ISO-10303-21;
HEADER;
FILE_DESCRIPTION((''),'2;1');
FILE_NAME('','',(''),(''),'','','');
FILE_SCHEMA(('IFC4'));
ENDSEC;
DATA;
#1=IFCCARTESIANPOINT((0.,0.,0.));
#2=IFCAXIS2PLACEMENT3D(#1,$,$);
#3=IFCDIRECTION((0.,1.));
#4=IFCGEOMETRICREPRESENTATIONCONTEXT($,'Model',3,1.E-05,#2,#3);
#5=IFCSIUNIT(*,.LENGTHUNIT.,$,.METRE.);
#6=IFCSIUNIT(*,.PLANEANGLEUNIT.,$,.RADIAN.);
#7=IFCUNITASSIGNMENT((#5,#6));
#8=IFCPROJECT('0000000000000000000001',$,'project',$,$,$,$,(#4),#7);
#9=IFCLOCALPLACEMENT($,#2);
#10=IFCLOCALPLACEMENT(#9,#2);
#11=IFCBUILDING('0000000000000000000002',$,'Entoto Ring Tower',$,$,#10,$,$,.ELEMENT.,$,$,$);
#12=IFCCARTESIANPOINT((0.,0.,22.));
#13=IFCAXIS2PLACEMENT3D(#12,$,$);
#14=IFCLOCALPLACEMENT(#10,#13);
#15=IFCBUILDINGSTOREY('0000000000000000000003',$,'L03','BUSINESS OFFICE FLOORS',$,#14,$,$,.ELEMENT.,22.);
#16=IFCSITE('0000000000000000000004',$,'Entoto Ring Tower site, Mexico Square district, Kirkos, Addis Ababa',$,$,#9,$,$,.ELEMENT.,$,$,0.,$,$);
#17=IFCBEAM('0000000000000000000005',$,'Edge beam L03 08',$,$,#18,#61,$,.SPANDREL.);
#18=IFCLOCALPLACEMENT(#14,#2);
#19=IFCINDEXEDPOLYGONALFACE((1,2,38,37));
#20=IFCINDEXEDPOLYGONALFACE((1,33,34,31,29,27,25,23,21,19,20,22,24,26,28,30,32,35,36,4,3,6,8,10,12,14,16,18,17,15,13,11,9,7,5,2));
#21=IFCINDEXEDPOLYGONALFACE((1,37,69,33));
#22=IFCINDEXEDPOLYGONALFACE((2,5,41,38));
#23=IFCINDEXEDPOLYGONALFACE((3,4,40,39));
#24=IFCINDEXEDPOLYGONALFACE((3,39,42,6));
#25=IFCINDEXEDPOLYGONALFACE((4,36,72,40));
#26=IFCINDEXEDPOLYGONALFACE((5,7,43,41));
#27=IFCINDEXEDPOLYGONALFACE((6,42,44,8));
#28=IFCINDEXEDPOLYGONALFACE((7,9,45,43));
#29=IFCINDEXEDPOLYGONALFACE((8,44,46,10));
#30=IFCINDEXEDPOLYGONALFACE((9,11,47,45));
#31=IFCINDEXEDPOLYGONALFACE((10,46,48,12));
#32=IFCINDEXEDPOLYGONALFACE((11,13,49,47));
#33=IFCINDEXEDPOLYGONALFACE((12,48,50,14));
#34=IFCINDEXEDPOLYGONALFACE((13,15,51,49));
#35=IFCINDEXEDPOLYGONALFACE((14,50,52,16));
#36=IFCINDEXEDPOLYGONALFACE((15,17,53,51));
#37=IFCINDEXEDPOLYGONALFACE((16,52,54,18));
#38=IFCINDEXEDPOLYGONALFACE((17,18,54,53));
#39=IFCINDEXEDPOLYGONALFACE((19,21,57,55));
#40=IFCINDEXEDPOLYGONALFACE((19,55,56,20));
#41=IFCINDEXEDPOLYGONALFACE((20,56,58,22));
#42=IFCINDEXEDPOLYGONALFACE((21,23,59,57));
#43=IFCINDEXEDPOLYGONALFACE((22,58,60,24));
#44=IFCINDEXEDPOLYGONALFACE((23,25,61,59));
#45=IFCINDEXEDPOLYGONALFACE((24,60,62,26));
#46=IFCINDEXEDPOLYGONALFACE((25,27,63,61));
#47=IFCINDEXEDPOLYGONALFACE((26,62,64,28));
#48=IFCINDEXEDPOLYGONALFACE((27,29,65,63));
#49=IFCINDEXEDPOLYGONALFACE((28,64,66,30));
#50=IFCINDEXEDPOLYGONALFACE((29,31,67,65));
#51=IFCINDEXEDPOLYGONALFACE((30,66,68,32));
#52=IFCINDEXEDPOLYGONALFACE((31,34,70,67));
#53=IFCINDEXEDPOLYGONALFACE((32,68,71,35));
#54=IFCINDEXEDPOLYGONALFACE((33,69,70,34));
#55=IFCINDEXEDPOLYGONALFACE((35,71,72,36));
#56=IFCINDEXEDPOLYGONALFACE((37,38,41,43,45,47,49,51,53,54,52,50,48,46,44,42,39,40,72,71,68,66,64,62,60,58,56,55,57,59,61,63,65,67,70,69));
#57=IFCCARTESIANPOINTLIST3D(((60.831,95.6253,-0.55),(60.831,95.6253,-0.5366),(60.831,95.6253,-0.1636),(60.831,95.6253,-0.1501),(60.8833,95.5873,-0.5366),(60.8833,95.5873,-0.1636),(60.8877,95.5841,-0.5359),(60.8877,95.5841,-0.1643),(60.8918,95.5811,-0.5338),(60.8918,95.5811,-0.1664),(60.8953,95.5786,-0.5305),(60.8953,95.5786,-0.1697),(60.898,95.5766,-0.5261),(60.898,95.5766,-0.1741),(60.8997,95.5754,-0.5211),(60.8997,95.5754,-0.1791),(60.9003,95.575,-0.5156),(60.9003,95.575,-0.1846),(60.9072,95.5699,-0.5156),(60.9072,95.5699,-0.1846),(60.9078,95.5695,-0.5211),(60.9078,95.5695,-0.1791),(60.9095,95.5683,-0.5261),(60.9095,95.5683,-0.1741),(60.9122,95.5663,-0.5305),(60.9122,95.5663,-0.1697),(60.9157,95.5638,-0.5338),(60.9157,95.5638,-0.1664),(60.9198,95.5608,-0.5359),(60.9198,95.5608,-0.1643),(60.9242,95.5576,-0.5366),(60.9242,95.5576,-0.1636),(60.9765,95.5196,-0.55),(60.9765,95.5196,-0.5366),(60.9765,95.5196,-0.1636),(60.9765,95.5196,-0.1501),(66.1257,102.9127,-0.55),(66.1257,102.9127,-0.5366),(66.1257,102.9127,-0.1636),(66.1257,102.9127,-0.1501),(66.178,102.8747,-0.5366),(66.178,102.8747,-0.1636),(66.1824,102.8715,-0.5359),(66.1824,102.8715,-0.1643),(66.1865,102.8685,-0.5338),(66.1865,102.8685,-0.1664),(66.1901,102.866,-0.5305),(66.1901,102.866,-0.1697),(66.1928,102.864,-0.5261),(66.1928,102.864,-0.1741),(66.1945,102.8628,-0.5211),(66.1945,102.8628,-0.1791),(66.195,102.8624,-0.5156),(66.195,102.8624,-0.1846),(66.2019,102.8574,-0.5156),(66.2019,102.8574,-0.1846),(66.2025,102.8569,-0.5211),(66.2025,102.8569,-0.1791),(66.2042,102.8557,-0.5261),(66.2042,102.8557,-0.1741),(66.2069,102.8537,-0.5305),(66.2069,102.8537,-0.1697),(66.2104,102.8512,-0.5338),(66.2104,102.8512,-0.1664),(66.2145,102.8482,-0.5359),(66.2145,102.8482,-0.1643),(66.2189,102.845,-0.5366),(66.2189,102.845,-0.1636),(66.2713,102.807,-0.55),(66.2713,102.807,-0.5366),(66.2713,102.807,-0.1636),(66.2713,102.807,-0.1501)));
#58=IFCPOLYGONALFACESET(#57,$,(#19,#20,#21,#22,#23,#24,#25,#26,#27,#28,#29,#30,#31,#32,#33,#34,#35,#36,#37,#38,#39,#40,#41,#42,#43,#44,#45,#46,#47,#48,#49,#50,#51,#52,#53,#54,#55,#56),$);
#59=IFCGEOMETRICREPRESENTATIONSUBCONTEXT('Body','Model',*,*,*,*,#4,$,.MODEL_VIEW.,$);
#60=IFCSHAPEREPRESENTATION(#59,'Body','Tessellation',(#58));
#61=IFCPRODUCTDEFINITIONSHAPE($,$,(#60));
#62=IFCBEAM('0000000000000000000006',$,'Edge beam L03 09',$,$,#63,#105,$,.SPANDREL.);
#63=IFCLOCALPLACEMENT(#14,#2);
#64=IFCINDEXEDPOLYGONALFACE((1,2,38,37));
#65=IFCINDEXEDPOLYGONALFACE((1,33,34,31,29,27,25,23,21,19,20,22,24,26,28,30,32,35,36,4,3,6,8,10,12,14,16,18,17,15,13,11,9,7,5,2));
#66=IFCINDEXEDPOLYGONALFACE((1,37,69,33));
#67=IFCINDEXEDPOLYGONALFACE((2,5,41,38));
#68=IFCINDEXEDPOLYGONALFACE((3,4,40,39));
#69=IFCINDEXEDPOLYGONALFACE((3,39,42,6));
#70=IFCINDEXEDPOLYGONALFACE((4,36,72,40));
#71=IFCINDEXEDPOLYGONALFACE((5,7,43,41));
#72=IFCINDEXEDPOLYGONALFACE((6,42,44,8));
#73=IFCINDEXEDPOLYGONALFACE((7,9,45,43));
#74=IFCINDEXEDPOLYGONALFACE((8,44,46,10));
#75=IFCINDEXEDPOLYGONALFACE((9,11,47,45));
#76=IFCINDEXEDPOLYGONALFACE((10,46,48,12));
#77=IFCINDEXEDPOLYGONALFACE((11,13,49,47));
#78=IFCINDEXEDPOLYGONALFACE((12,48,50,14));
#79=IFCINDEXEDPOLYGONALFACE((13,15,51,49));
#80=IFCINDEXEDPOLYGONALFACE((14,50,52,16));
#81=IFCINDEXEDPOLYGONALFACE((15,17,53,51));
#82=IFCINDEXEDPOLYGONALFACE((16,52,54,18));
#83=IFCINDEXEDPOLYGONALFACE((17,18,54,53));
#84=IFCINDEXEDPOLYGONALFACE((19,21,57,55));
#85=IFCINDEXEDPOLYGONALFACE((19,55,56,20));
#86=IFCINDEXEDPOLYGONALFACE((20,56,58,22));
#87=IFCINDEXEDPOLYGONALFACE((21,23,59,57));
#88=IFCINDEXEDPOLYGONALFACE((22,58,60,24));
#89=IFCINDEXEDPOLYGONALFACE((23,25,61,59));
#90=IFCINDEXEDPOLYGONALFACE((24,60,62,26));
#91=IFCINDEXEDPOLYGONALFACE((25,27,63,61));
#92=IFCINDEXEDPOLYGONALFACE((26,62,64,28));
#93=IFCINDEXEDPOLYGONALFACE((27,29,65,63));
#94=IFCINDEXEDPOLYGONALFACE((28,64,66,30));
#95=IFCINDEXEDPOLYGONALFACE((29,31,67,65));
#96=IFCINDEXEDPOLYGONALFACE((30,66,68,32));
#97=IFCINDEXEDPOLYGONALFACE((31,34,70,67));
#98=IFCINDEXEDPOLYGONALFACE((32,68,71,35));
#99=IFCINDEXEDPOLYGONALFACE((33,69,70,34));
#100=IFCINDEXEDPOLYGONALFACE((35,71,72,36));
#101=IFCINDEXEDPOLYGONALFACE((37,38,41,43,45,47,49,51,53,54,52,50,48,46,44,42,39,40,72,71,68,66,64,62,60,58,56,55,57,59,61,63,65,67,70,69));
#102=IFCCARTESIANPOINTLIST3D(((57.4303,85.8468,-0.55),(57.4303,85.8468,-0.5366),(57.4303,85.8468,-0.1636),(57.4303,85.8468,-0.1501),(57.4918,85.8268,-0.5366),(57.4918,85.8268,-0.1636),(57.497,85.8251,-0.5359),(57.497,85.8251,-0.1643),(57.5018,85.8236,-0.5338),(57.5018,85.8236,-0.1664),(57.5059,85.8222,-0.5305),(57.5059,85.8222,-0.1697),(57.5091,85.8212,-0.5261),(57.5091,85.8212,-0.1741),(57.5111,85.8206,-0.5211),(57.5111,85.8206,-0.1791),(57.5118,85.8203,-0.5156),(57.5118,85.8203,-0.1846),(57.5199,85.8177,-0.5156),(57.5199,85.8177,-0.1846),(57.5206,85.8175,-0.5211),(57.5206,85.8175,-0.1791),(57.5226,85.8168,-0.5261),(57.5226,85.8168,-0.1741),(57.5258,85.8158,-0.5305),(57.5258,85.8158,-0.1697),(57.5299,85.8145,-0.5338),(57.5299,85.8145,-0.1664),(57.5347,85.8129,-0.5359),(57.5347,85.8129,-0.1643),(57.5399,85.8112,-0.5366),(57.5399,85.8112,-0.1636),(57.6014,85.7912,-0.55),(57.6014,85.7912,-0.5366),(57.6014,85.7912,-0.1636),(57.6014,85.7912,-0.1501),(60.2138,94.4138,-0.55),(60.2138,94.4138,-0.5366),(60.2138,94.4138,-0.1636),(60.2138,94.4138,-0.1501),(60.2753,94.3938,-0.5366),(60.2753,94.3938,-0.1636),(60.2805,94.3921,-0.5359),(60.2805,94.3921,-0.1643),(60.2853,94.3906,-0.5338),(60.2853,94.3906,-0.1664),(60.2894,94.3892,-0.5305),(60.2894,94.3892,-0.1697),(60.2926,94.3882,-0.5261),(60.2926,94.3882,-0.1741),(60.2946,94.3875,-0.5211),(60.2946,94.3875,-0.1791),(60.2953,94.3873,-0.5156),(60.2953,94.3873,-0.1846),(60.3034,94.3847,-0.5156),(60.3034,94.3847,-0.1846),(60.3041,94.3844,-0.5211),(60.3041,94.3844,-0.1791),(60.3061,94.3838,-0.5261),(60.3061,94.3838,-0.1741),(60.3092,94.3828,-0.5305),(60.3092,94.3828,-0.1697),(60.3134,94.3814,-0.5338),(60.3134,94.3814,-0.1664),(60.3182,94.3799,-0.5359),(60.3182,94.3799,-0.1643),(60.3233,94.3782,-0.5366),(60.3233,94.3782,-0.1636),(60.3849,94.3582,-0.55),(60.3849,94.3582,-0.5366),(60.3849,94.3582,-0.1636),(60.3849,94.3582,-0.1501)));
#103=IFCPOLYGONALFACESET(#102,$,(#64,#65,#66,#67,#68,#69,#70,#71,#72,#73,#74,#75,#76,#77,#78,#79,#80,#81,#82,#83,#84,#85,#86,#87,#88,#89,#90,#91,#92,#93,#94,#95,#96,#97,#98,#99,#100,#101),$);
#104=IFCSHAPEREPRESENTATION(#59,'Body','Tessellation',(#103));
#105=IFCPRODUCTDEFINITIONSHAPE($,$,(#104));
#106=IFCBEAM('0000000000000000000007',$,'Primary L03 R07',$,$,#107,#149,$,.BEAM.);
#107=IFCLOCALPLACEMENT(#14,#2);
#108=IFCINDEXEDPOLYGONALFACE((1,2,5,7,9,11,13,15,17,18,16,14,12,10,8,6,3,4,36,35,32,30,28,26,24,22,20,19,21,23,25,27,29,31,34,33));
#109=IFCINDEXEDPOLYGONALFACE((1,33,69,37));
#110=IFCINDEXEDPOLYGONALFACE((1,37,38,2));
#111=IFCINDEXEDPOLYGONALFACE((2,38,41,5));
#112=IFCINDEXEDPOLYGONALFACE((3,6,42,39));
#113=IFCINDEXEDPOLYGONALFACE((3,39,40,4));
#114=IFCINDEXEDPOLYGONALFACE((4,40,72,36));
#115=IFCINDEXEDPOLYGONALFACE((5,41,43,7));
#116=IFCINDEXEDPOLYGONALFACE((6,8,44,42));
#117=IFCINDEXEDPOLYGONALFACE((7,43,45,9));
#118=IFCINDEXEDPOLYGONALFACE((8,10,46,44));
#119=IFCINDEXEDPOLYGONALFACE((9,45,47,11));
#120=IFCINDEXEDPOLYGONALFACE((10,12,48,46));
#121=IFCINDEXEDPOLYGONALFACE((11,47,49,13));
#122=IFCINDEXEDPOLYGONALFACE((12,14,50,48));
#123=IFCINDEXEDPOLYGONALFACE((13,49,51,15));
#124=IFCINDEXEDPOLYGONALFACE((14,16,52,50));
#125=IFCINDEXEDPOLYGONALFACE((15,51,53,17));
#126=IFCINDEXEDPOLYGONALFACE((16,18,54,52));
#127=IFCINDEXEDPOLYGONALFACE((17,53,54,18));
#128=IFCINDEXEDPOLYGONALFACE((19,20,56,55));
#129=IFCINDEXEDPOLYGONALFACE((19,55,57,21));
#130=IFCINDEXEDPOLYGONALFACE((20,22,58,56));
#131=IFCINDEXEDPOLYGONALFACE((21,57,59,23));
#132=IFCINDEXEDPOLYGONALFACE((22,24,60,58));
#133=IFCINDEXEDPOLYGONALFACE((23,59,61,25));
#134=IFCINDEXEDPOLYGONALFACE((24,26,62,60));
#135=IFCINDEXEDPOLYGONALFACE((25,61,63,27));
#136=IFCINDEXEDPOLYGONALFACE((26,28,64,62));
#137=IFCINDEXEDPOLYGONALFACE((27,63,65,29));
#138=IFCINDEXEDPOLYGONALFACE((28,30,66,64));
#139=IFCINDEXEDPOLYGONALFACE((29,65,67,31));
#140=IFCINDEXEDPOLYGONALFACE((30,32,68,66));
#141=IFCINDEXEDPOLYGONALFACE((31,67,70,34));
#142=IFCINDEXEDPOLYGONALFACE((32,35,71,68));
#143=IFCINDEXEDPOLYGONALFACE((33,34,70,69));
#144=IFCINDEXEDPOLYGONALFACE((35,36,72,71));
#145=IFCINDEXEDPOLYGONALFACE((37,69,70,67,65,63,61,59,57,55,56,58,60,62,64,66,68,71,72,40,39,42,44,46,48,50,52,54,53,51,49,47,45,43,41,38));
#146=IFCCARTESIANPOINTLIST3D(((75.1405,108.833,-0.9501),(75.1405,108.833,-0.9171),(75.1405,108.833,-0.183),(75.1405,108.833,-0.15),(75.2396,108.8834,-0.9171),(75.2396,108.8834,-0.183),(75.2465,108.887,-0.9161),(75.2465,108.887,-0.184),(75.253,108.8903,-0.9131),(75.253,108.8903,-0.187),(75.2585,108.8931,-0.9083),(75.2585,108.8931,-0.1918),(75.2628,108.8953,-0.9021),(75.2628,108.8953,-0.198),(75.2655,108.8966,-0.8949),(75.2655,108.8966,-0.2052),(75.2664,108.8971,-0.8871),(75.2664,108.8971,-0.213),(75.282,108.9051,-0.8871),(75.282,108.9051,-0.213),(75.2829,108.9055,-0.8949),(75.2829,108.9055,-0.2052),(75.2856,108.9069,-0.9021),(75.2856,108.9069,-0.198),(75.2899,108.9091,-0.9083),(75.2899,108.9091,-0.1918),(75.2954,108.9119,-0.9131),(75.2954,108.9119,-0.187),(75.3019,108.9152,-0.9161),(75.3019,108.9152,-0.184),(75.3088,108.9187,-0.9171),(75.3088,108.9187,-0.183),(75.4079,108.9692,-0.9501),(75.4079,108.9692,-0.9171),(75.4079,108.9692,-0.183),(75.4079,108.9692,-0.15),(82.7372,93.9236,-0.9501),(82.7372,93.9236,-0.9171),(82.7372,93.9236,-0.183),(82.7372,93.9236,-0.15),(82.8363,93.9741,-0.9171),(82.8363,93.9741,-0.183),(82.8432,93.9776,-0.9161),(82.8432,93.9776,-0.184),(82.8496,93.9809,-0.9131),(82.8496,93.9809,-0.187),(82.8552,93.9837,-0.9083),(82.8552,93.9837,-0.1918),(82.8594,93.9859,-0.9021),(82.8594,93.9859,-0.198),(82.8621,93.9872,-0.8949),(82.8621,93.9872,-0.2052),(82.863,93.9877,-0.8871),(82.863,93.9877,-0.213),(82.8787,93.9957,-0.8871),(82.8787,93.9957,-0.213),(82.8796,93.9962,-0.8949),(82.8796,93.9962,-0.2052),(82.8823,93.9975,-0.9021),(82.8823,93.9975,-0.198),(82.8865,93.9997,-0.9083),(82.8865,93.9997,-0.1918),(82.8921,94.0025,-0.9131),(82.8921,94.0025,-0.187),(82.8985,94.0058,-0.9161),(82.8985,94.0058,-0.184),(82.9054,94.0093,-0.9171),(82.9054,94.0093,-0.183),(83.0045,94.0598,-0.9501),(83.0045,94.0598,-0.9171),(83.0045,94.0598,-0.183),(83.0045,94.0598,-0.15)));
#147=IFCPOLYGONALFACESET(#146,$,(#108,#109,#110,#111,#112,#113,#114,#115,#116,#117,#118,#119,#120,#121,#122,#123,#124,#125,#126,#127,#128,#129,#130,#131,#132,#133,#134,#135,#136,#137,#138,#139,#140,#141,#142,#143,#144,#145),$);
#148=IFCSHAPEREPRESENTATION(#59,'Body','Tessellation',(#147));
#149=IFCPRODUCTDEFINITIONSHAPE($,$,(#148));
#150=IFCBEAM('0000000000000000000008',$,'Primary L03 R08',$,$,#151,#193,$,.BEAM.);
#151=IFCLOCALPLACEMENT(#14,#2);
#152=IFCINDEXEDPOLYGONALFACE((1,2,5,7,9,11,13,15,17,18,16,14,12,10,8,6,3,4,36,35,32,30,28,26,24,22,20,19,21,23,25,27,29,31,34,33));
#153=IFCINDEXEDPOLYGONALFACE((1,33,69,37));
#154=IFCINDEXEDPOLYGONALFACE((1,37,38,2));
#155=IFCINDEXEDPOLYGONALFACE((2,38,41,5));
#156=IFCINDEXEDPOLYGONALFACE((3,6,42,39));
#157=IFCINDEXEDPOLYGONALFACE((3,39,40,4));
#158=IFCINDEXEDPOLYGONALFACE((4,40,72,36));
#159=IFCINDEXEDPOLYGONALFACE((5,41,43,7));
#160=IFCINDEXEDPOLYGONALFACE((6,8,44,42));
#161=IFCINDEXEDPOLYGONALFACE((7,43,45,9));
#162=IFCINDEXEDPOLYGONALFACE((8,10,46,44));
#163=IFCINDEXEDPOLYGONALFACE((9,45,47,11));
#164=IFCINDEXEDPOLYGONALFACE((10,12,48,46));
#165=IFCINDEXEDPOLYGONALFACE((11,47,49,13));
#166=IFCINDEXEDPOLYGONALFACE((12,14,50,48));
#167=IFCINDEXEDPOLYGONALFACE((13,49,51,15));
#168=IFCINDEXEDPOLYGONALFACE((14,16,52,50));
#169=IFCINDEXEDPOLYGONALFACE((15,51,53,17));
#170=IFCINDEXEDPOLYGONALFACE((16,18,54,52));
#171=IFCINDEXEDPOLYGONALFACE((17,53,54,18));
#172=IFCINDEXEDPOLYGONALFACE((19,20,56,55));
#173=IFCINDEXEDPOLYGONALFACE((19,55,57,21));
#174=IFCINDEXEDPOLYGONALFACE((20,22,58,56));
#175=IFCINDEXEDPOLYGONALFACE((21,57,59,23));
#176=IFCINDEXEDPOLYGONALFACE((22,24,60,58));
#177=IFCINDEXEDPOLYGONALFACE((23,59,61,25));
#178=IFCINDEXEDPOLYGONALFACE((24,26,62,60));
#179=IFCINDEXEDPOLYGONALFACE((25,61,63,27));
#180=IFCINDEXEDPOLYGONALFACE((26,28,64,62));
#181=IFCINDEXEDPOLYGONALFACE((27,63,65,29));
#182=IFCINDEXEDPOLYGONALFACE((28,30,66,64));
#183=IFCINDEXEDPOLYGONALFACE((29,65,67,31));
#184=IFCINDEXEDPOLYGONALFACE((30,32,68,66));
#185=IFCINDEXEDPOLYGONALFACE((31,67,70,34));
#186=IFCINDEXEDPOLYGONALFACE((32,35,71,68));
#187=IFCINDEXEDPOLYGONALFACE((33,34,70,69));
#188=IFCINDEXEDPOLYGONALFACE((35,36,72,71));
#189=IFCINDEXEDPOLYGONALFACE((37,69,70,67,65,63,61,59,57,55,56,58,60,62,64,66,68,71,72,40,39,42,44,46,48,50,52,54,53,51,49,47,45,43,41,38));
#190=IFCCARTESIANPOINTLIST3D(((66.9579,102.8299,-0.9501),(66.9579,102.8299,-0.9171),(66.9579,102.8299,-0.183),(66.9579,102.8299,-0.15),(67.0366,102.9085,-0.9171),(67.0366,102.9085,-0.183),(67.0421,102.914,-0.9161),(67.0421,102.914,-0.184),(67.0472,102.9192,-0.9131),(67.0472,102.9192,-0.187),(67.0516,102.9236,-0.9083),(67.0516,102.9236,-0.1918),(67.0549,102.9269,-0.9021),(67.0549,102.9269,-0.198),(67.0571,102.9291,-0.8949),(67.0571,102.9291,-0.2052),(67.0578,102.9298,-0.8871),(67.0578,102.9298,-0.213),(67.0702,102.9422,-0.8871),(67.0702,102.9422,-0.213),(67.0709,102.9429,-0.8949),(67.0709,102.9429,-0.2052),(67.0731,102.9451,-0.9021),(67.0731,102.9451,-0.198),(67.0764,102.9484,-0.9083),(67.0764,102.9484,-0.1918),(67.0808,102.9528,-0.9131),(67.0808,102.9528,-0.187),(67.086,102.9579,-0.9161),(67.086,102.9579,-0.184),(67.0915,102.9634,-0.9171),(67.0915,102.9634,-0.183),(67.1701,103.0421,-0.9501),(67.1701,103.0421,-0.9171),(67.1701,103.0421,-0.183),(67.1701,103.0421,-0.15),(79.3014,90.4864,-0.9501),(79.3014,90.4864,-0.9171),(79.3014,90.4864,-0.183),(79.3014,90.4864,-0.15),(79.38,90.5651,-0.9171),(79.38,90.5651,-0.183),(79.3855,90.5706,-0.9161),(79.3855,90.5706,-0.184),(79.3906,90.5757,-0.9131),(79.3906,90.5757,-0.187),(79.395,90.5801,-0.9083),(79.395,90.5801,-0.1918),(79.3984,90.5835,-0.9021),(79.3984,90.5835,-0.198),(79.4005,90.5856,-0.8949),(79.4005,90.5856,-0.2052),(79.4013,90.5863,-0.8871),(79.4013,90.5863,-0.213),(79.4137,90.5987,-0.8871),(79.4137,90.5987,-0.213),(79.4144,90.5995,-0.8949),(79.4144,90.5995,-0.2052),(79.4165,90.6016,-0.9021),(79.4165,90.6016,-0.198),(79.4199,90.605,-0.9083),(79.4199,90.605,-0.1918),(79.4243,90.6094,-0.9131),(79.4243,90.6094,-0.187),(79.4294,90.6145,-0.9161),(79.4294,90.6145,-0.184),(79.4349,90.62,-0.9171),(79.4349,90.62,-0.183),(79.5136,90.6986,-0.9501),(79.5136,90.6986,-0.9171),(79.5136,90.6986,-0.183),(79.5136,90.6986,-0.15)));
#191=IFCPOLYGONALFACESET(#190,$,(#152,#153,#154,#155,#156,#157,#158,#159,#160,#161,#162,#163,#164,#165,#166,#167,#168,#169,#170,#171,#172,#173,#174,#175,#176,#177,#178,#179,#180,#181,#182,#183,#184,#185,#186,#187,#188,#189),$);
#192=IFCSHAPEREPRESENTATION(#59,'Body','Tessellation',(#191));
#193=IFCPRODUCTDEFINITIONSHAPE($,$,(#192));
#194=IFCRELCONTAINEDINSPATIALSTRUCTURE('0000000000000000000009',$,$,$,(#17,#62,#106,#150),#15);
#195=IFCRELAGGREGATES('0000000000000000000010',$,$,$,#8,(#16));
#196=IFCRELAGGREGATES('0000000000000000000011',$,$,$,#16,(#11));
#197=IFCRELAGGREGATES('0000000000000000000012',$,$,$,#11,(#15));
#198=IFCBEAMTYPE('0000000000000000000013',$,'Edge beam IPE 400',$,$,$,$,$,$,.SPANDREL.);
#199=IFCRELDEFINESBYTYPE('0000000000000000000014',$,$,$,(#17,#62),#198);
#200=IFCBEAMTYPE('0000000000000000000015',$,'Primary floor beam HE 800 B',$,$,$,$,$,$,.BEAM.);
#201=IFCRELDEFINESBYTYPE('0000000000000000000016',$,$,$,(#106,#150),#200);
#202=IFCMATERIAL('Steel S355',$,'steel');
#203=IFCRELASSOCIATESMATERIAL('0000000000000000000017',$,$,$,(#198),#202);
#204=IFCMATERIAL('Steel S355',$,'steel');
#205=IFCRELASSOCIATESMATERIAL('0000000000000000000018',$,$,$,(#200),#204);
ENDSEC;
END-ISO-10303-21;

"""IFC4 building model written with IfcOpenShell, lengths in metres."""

from ifc_helpers import new_model, si_unit, direction, frame, origin, origin_2d, place, context, subcontext, project, spatial, i_section, extrude, material, material_profile, profile_set, type_object, element, save


model = new_model("IFC4")

# Units and contexts
model_context = context("Model", 3, precision=1e-05, world=origin(), true_north=direction((0.0, 1.0)))
body_context = subcontext(model_context, "Body", "Model", "MODEL_VIEW")
ifc_project = project(units=[si_unit("LENGTHUNIT", "METRE"), si_unit("PLANEANGLEUNIT", "RADIAN")], contexts=[model_context])

# Site, building, storey
site_placement = place(None, origin())
site = spatial("IfcSite", under=ifc_project, at=site_placement, Name="Entoto Ring Tower site, Mexico Square district, Kirkos, Addis Ababa", CompositionType="ELEMENT", RefElevation=0.0)
building_placement = place(site_placement, origin())
building = spatial("IfcBuilding", under=site, at=building_placement, Name="Entoto Ring Tower", CompositionType="ELEMENT")
storey_placement = place(building_placement, frame((0.0, 0.0, 22.0)))
storey = spatial("IfcBuildingStorey", under=building, at=storey_placement, Name="L03", Description="BUSINESS OFFICE FLOORS", CompositionType="ELEMENT", Elevation=22.0)

# Beams
ifc_material_1 = material(Name="Steel S355", Category="steel")
ifc_material_profile_1 = material_profile(ifc_material_1, i_section(OverallWidth=0.1799, OverallDepth=0.3999, WebThickness=0.0085, FlangeThickness=0.0134, FilletRadius=0.021, at=origin_2d()), Name="IPE 400")
ifc_profile_set_1 = profile_set([ifc_material_profile_1], Name="Steel S355")
beam_type_1 = type_object("IfcBeamType", Name="Edge beam IPE 400", PredefinedType="SPANDREL", material=ifc_profile_set_1)
for number, where, z_axis, x_axis, name in (
    (1, (66.1985, 102.8599, -0.3501), (-0.587793, -0.809011, 0.0), (0.809011, -0.587793, 0.0), "Edge beam L03 08"),
    (2, (60.2993, 94.386, -0.3501), (-0.309006, -0.95106, 0.0), (0.95106, -0.309006, 0.0), "Edge beam L03 09"),
):
    element("IfcBeam", number, at=place(storey_placement, frame(where, z_axis=z_axis, x_axis=x_axis)), inside=storey, type_object=beam_type_1, Name=name, PredefinedType="SPANDREL", context=body_context, shape_type="SweptSolid", body=[
        extrude(i_section(OverallWidth=0.1799, OverallDepth=0.3999, WebThickness=0.0085, FlangeThickness=0.0134, FilletRadius=0.021, at=origin_2d()), origin(), (0.0, 0.0, 1.0), 9.0078),
    ])
ifc_material_2 = material(Name="Steel S355", Category="steel")
ifc_material_profile_2 = material_profile(ifc_material_2, i_section(OverallWidth=0.3, OverallDepth=0.8, WebThickness=0.0176, FlangeThickness=0.033, FilletRadius=0.03, at=origin_2d()), Name="HE 800 B")
ifc_profile_set_2 = profile_set([ifc_material_profile_2], Name="Steel S355")
beam_type_2 = type_object("IfcBeamType", Name="Primary floor beam HE 800 B", PredefinedType="BEAM", material=ifc_profile_set_2)
beam_1_placement = place(storey_placement, frame((82.8708, 93.9917, -0.55), z_axis=(-0.453988, 0.891008, 0.0), x_axis=(-0.891008, -0.453988, 0.0)))
element("IfcBeam", 3, at=beam_1_placement, inside=storey, type_object=beam_type_2, Name="Primary L03 R07", PredefinedType="BEAM", context=body_context, shape_type="SweptSolid", body=[
    extrude(i_section(OverallWidth=0.3, OverallDepth=0.8, WebThickness=0.0176, FlangeThickness=0.033, FilletRadius=0.03, at=origin_2d()), origin(), (0.0, 0.0, 1.0), 16.7332),
])
beam_2_placement = place(storey_placement, frame((79.4075, 90.5925, -0.55), z_axis=(-0.707107, 0.707107, 0.0), x_axis=(-0.707107, -0.707107, 0.0)))
element("IfcBeam", 4, at=beam_2_placement, inside=storey, type_object=beam_type_2, Name="Primary L03 R08", PredefinedType="BEAM", context=body_context, shape_type="SweptSolid", body=[
    extrude(i_section(OverallWidth=0.3, OverallDepth=0.8, WebThickness=0.0176, FlangeThickness=0.033, FilletRadius=0.03, at=origin_2d()), origin(), (0.0, 0.0, 1.0), 17.4563),
])

save(model, "model.ifc")
